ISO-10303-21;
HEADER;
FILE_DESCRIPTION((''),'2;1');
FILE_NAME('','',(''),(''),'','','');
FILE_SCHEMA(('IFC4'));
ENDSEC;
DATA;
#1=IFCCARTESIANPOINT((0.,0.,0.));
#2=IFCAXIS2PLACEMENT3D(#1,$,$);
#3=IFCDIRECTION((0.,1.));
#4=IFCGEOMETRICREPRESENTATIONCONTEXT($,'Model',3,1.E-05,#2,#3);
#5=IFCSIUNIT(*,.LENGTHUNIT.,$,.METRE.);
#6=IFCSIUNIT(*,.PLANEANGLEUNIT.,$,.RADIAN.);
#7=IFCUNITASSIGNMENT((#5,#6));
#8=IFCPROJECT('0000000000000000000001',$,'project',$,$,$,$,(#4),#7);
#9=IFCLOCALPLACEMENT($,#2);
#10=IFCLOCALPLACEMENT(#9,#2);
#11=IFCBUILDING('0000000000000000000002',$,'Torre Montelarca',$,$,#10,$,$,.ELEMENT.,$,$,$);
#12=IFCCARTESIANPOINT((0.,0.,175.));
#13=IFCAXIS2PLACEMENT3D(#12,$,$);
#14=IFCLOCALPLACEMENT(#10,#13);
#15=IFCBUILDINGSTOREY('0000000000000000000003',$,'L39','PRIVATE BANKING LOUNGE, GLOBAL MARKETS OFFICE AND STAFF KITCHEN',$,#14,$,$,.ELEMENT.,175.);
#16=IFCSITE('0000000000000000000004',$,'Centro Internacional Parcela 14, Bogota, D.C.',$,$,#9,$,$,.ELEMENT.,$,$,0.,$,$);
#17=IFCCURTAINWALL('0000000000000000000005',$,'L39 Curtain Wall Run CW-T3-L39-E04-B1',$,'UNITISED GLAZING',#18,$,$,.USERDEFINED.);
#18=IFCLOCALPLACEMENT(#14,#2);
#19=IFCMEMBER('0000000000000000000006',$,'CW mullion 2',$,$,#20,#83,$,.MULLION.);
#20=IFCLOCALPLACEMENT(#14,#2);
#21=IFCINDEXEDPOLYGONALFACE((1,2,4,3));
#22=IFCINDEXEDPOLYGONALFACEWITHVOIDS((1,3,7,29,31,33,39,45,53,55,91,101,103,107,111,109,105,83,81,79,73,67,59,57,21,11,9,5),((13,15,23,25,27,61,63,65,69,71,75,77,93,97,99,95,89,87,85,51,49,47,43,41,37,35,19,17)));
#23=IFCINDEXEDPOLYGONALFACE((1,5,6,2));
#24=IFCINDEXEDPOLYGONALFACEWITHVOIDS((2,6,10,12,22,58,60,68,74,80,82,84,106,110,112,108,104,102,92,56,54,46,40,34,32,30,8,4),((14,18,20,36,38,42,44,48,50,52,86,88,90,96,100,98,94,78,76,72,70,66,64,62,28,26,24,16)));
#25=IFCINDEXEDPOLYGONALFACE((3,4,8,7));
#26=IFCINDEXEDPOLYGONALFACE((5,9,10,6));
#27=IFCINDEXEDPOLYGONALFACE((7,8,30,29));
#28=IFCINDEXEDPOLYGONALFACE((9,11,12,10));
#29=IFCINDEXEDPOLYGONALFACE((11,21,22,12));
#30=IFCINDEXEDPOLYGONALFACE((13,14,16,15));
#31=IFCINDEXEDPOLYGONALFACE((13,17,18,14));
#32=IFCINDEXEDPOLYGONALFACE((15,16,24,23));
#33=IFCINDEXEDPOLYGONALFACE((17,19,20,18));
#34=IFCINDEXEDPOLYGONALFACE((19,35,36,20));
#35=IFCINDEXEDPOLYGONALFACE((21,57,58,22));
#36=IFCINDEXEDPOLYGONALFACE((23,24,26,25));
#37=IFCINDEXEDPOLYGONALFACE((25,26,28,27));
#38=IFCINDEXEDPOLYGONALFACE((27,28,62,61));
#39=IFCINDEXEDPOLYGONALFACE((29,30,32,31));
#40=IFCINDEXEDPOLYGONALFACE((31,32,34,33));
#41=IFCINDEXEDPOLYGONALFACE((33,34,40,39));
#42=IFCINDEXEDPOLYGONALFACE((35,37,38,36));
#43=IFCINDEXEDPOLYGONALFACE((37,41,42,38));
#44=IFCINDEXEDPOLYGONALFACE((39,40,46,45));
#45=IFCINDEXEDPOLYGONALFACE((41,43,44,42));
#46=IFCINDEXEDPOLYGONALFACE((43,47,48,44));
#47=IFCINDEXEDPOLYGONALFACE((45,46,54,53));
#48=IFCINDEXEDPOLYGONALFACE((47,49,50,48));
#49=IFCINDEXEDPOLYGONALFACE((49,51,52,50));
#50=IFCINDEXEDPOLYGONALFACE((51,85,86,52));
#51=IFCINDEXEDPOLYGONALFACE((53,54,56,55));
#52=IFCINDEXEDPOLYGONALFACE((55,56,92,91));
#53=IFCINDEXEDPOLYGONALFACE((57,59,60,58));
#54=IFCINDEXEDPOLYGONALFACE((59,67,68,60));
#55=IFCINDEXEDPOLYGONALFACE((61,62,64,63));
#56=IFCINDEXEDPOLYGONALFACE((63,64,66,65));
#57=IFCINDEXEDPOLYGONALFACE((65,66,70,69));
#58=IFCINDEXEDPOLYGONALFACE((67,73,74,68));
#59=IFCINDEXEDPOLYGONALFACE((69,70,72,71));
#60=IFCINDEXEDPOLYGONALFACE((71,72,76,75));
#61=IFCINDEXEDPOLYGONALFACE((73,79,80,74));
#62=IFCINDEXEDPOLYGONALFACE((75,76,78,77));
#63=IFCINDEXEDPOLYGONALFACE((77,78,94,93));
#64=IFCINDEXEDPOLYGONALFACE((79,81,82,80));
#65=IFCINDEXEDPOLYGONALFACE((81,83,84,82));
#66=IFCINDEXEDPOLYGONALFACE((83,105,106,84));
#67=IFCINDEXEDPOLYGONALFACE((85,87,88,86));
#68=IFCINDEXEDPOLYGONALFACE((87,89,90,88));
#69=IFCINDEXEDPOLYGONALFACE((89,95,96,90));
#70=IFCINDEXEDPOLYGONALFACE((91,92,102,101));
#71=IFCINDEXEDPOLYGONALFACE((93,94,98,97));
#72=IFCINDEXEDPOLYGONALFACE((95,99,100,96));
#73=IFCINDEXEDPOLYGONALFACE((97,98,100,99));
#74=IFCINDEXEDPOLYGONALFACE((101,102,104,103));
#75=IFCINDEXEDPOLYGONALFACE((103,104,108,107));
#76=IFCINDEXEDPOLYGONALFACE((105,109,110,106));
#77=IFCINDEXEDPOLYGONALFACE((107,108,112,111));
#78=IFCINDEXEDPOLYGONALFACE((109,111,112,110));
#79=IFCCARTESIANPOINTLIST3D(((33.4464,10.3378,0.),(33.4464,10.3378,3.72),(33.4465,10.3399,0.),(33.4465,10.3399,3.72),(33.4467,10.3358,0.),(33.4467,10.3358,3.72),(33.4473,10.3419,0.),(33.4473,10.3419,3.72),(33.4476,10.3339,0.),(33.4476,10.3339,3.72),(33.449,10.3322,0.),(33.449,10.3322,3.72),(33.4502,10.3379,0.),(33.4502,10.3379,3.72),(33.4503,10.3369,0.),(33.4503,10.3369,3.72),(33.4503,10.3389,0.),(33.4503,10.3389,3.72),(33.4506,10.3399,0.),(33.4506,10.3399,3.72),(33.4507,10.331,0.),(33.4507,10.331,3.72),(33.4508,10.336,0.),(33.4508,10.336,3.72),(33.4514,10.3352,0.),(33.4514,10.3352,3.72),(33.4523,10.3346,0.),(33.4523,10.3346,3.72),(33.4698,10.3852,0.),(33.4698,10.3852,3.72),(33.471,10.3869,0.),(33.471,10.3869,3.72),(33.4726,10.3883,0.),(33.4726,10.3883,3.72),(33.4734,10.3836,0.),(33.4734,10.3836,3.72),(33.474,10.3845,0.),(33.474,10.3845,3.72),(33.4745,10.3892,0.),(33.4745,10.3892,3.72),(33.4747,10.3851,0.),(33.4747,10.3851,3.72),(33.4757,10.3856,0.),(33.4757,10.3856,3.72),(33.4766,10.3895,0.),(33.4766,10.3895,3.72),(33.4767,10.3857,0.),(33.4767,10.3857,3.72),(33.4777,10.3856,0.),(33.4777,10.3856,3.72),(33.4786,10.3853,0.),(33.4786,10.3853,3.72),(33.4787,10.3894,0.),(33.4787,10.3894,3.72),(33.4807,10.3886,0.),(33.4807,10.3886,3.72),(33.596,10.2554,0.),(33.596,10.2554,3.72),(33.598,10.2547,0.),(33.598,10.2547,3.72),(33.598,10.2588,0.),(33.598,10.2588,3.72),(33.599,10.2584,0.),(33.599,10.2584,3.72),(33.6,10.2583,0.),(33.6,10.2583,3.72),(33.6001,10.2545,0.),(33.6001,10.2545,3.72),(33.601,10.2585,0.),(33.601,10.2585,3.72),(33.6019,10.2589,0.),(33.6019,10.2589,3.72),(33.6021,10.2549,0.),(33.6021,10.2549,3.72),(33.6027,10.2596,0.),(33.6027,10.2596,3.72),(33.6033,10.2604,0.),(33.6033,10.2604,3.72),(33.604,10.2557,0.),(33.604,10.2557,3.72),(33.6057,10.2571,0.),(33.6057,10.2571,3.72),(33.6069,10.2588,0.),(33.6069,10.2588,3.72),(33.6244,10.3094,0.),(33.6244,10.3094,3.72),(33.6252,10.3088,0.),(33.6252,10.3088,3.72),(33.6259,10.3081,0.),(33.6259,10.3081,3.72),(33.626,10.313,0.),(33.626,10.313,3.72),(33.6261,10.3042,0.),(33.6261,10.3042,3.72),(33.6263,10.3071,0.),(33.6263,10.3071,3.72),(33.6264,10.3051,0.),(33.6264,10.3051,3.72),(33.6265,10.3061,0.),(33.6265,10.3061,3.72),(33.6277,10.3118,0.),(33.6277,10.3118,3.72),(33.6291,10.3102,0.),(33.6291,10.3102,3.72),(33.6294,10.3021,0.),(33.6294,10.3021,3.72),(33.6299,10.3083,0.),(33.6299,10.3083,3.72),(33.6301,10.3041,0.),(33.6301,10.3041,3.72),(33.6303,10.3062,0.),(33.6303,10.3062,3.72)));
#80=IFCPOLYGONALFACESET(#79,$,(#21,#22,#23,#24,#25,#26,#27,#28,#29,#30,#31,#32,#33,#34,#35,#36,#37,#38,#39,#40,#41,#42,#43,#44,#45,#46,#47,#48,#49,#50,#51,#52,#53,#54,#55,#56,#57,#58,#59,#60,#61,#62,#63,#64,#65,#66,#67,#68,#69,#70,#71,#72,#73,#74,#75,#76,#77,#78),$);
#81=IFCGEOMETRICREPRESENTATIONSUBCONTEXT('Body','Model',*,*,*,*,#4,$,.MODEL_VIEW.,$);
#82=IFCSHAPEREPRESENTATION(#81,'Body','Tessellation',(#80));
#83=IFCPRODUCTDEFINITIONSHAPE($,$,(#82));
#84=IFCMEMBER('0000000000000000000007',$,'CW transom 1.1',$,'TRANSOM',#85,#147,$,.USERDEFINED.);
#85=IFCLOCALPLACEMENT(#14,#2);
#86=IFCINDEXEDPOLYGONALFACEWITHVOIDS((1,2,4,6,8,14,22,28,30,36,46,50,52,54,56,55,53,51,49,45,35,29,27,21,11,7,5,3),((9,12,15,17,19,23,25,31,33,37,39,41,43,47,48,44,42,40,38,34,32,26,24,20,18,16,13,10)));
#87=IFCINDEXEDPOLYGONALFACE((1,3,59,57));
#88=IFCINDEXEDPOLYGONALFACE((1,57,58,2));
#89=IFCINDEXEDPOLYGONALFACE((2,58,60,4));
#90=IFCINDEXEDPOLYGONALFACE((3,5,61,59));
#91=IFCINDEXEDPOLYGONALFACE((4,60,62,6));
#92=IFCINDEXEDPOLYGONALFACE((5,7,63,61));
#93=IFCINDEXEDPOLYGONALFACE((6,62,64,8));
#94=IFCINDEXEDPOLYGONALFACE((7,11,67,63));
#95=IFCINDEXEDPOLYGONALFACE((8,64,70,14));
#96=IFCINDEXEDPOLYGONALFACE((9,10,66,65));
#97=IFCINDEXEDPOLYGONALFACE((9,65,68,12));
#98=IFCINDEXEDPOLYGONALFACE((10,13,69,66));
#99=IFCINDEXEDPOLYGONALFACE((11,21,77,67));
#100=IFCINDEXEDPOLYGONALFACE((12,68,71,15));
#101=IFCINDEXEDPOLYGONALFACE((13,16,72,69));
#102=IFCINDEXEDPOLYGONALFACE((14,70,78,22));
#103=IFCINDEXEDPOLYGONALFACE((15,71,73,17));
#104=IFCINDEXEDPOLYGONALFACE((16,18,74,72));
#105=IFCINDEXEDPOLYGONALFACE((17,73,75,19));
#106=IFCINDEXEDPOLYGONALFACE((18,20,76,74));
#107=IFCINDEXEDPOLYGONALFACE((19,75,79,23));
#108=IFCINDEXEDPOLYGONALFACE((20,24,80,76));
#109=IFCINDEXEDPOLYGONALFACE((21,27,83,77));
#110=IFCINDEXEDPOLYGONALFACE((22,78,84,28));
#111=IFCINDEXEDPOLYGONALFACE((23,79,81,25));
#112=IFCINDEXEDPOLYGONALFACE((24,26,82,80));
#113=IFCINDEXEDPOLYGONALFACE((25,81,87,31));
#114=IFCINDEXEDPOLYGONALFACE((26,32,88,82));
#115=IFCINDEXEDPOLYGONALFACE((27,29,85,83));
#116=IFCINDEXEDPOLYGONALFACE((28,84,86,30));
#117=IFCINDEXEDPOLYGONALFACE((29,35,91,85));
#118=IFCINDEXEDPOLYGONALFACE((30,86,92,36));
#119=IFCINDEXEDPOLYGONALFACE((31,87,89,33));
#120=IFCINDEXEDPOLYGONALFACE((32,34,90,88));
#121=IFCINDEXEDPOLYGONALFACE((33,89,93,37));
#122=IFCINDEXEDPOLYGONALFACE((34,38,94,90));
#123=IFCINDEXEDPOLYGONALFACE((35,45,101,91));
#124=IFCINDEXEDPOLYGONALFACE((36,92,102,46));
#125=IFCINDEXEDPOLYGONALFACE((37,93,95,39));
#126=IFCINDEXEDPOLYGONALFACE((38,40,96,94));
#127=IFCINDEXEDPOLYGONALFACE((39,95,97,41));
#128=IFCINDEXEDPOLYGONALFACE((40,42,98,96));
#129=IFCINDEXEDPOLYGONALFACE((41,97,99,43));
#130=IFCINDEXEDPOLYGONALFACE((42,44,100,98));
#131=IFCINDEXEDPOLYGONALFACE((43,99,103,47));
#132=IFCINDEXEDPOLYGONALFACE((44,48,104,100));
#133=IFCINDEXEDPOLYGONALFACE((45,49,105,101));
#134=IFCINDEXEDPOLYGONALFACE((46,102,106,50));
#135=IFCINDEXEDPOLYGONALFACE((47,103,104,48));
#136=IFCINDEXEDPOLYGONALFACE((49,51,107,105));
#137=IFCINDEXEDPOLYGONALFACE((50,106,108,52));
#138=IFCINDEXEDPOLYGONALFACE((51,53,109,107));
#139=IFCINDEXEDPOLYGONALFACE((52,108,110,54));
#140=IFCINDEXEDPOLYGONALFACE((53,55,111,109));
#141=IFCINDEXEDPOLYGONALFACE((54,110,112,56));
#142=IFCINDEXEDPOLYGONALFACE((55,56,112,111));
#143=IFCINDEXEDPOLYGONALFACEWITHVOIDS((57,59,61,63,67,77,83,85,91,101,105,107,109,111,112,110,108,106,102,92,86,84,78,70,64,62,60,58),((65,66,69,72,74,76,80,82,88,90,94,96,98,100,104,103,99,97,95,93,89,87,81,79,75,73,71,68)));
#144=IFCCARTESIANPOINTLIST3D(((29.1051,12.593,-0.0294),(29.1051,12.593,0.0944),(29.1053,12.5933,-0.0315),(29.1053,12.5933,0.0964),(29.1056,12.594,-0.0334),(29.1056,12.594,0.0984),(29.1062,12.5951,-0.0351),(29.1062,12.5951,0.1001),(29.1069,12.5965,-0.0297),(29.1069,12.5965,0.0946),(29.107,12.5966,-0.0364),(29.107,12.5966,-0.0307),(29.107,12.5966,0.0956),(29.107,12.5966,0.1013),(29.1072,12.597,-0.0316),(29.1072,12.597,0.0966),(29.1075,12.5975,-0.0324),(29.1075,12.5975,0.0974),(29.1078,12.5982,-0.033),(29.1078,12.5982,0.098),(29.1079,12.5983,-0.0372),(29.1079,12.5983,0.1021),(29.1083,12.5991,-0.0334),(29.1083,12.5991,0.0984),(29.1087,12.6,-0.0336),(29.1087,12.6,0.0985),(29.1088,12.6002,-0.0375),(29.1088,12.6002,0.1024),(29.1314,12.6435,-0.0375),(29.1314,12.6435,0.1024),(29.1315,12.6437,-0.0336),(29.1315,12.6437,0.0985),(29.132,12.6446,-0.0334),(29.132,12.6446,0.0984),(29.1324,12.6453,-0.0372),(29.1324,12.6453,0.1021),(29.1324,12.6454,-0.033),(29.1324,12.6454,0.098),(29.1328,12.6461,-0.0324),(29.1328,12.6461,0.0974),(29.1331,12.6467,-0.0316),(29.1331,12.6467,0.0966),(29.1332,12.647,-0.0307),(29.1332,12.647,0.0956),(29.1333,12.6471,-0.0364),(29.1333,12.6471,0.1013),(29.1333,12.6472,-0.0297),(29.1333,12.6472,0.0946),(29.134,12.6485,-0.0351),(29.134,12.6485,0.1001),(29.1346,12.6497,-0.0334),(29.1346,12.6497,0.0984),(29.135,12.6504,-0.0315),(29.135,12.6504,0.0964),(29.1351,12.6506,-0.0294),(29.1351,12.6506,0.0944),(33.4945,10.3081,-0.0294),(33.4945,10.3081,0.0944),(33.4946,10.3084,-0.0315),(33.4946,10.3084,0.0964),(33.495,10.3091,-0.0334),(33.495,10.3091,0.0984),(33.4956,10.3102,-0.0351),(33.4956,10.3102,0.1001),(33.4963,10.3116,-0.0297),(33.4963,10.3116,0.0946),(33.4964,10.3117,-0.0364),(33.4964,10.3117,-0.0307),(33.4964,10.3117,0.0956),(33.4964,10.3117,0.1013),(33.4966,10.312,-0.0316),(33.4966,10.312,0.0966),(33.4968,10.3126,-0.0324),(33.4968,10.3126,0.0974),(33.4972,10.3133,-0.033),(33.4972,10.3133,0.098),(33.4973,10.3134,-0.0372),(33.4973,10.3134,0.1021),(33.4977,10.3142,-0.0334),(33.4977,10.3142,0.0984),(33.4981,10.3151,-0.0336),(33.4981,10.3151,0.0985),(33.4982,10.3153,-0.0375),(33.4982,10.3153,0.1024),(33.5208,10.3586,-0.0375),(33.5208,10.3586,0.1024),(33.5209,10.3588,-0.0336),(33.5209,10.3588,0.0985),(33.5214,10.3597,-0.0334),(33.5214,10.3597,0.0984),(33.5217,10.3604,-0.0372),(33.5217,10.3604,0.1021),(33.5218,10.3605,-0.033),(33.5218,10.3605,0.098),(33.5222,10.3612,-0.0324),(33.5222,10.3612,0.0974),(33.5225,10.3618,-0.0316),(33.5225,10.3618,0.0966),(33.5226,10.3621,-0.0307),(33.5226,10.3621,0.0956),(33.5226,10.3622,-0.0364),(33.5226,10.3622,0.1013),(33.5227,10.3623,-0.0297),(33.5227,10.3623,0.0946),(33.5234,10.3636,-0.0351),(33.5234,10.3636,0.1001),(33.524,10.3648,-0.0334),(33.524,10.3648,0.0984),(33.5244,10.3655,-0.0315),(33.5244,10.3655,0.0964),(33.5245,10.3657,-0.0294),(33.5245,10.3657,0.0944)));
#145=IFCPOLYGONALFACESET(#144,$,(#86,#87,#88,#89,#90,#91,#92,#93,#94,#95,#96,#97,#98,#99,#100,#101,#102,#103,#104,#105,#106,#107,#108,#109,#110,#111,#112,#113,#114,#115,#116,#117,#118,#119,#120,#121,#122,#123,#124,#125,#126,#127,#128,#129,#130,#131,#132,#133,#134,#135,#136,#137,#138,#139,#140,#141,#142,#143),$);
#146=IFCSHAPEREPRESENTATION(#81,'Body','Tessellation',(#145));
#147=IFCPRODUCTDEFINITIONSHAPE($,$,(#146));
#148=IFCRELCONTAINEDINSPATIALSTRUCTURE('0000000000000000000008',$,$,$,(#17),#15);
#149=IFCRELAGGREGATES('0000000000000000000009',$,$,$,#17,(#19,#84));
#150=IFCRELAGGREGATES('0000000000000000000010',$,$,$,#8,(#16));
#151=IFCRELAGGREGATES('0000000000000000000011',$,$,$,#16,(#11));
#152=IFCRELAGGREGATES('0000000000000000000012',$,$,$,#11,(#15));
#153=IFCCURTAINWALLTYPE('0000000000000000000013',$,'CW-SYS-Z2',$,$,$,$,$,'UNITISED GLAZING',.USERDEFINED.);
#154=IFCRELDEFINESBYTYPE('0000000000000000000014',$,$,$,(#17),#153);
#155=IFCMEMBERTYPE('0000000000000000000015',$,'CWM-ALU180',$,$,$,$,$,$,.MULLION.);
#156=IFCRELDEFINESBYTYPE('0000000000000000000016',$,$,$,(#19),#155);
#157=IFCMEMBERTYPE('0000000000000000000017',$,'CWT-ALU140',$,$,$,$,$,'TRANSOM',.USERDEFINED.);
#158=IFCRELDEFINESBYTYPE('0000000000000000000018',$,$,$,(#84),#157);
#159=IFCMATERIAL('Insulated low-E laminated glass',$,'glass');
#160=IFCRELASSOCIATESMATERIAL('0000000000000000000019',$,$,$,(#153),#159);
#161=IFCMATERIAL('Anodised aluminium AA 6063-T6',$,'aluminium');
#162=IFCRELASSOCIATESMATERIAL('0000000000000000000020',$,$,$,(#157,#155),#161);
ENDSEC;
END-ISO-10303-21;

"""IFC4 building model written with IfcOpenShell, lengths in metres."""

from ifc_helpers import new_model, si_unit, direction, frame, origin, origin_2d, place, context, subcontext, project, spatial, hollow_rectangle, extrude, source, transform, mapped, material, material_profile, profile_set, type_object, element, aggregate, save


model = new_model("IFC4")

# Units and contexts
model_context = context("Model", 3, precision=1e-05, world=origin(), true_north=direction((0.0, 1.0)))
body_context = subcontext(model_context, "Body", "Model", "MODEL_VIEW")
ifc_project = project(units=[si_unit("LENGTHUNIT", "METRE"), si_unit("PLANEANGLEUNIT", "RADIAN")], contexts=[model_context])

# Site, building, storey
site_placement = place(None, origin())
site = spatial("IfcSite", under=ifc_project, at=site_placement, Name="Centro Internacional Parcela 14, Bogota, D.C.", CompositionType="ELEMENT", RefElevation=0.0)
building_placement = place(site_placement, origin())
building = spatial("IfcBuilding", under=site, at=building_placement, Name="Torre Montelarca", CompositionType="ELEMENT")
storey_placement = place(building_placement, frame((0.0, 0.0, 175.0)))
storey = spatial("IfcBuildingStorey", under=building, at=storey_placement, Name="L39", Description="PRIVATE BANKING LOUNGE, GLOBAL MARKETS OFFICE AND STAFF KITCHEN", CompositionType="ELEMENT", Elevation=175.0)

# Shared definitions
ifc_material_1 = material(Name="Insulated low-E laminated glass", Category="glass")
curtain_wall_type = type_object("IfcCurtainWallType", Name="CW-SYS-Z2", ElementType="UNITISED GLAZING", PredefinedType="USERDEFINED", material=ifc_material_1)
ifc_material_2 = material(Name="Anodised aluminium AA 6063-T6", Category="aluminium")
ifc_material_profile_1 = material_profile(ifc_material_2, hollow_rectangle(XDim=0.0649, YDim=0.1399, WallThickness=0.0039, InnerFilletRadius=0.0039, OuterFilletRadius=0.0081, at=origin_2d()), Name="ALU65X140X4", Category="aluminium")
ifc_profile_set_1 = profile_set([ifc_material_profile_1], Name="Anodised aluminium AA 6063-T6")
member_type_1 = type_object("IfcMemberType", Name="CWT-ALU140", ElementType="TRANSOM", PredefinedType="USERDEFINED", material=ifc_profile_set_1)
ifc_material_profile_2 = material_profile(ifc_material_2, hollow_rectangle(XDim=0.0649, YDim=0.1799, WallThickness=0.0039, InnerFilletRadius=0.0039, OuterFilletRadius=0.0081, at=origin_2d()), Name="ALU65X180X4", Category="aluminium")
ifc_profile_set_2 = profile_set([ifc_material_profile_2], Name="Anodised aluminium AA 6063-T6")
member_type_2 = type_object("IfcMemberType", Name="CWM-ALU180", PredefinedType="MULLION", material=ifc_profile_set_2)
shared_shape_1 = source(origin(), body_context, "Body", "SweptSolid", [
    extrude(hollow_rectangle(XDim=0.0649, YDim=0.1799, WallThickness=0.0039, InnerFilletRadius=0.0039, OuterFilletRadius=0.0081, at=origin_2d()), origin(), (0.0, 0.0, 1.0), 3.72),
])

# Curtain wall, members
curtain_wall_1_placement = place(storey_placement, origin())
curtain_wall_1 = element("IfcCurtainWall", 1, at=curtain_wall_1_placement, inside=storey, type_object=curtain_wall_type, Name="L39 Curtain Wall Run CW-T3-L39-E04-B1", ObjectType="UNITISED GLAZING", PredefinedType="USERDEFINED")
member_1_placement = place(storey_placement, frame((33.5383, 10.322, 0.0), z_axis=(0.0, 0.0, 1.0), x_axis=(0.461744, 0.887013, 0.0)))
member_1 = element("IfcMember", 2, at=member_1_placement, type_object=member_type_2, Name="CW mullion 2", PredefinedType="MULLION", context=body_context, shape_type="MappedRepresentation", body=[
    mapped(shared_shape_1, transform((0.0, 0.0, 0.0), scale=1.0)),
])
shared_shape_2 = source(origin(), body_context, "Body", "SweptSolid", [
    extrude(hollow_rectangle(XDim=0.0649, YDim=0.1399, WallThickness=0.0039, InnerFilletRadius=0.0039, OuterFilletRadius=0.0081, at=origin_2d()), origin(), (0.0, 0.0, 1.0), 4.9485),
])
member_2_placement = place(storey_placement, frame((29.1201, 12.6218, 0.0325), z_axis=(0.887016, -0.461738, 0.0), x_axis=(0.461738, 0.887016, 0.0)))
member_2 = element("IfcMember", 3, at=member_2_placement, type_object=member_type_1, Name="CW transom 1.1", ObjectType="TRANSOM", PredefinedType="USERDEFINED", context=body_context, shape_type="MappedRepresentation", body=[
    mapped(shared_shape_2, transform((0.0, 0.0, 0.0), scale=1.0)),
])

aggregate(curtain_wall_1, [member_1, member_2])

save(model, "model.ifc")
